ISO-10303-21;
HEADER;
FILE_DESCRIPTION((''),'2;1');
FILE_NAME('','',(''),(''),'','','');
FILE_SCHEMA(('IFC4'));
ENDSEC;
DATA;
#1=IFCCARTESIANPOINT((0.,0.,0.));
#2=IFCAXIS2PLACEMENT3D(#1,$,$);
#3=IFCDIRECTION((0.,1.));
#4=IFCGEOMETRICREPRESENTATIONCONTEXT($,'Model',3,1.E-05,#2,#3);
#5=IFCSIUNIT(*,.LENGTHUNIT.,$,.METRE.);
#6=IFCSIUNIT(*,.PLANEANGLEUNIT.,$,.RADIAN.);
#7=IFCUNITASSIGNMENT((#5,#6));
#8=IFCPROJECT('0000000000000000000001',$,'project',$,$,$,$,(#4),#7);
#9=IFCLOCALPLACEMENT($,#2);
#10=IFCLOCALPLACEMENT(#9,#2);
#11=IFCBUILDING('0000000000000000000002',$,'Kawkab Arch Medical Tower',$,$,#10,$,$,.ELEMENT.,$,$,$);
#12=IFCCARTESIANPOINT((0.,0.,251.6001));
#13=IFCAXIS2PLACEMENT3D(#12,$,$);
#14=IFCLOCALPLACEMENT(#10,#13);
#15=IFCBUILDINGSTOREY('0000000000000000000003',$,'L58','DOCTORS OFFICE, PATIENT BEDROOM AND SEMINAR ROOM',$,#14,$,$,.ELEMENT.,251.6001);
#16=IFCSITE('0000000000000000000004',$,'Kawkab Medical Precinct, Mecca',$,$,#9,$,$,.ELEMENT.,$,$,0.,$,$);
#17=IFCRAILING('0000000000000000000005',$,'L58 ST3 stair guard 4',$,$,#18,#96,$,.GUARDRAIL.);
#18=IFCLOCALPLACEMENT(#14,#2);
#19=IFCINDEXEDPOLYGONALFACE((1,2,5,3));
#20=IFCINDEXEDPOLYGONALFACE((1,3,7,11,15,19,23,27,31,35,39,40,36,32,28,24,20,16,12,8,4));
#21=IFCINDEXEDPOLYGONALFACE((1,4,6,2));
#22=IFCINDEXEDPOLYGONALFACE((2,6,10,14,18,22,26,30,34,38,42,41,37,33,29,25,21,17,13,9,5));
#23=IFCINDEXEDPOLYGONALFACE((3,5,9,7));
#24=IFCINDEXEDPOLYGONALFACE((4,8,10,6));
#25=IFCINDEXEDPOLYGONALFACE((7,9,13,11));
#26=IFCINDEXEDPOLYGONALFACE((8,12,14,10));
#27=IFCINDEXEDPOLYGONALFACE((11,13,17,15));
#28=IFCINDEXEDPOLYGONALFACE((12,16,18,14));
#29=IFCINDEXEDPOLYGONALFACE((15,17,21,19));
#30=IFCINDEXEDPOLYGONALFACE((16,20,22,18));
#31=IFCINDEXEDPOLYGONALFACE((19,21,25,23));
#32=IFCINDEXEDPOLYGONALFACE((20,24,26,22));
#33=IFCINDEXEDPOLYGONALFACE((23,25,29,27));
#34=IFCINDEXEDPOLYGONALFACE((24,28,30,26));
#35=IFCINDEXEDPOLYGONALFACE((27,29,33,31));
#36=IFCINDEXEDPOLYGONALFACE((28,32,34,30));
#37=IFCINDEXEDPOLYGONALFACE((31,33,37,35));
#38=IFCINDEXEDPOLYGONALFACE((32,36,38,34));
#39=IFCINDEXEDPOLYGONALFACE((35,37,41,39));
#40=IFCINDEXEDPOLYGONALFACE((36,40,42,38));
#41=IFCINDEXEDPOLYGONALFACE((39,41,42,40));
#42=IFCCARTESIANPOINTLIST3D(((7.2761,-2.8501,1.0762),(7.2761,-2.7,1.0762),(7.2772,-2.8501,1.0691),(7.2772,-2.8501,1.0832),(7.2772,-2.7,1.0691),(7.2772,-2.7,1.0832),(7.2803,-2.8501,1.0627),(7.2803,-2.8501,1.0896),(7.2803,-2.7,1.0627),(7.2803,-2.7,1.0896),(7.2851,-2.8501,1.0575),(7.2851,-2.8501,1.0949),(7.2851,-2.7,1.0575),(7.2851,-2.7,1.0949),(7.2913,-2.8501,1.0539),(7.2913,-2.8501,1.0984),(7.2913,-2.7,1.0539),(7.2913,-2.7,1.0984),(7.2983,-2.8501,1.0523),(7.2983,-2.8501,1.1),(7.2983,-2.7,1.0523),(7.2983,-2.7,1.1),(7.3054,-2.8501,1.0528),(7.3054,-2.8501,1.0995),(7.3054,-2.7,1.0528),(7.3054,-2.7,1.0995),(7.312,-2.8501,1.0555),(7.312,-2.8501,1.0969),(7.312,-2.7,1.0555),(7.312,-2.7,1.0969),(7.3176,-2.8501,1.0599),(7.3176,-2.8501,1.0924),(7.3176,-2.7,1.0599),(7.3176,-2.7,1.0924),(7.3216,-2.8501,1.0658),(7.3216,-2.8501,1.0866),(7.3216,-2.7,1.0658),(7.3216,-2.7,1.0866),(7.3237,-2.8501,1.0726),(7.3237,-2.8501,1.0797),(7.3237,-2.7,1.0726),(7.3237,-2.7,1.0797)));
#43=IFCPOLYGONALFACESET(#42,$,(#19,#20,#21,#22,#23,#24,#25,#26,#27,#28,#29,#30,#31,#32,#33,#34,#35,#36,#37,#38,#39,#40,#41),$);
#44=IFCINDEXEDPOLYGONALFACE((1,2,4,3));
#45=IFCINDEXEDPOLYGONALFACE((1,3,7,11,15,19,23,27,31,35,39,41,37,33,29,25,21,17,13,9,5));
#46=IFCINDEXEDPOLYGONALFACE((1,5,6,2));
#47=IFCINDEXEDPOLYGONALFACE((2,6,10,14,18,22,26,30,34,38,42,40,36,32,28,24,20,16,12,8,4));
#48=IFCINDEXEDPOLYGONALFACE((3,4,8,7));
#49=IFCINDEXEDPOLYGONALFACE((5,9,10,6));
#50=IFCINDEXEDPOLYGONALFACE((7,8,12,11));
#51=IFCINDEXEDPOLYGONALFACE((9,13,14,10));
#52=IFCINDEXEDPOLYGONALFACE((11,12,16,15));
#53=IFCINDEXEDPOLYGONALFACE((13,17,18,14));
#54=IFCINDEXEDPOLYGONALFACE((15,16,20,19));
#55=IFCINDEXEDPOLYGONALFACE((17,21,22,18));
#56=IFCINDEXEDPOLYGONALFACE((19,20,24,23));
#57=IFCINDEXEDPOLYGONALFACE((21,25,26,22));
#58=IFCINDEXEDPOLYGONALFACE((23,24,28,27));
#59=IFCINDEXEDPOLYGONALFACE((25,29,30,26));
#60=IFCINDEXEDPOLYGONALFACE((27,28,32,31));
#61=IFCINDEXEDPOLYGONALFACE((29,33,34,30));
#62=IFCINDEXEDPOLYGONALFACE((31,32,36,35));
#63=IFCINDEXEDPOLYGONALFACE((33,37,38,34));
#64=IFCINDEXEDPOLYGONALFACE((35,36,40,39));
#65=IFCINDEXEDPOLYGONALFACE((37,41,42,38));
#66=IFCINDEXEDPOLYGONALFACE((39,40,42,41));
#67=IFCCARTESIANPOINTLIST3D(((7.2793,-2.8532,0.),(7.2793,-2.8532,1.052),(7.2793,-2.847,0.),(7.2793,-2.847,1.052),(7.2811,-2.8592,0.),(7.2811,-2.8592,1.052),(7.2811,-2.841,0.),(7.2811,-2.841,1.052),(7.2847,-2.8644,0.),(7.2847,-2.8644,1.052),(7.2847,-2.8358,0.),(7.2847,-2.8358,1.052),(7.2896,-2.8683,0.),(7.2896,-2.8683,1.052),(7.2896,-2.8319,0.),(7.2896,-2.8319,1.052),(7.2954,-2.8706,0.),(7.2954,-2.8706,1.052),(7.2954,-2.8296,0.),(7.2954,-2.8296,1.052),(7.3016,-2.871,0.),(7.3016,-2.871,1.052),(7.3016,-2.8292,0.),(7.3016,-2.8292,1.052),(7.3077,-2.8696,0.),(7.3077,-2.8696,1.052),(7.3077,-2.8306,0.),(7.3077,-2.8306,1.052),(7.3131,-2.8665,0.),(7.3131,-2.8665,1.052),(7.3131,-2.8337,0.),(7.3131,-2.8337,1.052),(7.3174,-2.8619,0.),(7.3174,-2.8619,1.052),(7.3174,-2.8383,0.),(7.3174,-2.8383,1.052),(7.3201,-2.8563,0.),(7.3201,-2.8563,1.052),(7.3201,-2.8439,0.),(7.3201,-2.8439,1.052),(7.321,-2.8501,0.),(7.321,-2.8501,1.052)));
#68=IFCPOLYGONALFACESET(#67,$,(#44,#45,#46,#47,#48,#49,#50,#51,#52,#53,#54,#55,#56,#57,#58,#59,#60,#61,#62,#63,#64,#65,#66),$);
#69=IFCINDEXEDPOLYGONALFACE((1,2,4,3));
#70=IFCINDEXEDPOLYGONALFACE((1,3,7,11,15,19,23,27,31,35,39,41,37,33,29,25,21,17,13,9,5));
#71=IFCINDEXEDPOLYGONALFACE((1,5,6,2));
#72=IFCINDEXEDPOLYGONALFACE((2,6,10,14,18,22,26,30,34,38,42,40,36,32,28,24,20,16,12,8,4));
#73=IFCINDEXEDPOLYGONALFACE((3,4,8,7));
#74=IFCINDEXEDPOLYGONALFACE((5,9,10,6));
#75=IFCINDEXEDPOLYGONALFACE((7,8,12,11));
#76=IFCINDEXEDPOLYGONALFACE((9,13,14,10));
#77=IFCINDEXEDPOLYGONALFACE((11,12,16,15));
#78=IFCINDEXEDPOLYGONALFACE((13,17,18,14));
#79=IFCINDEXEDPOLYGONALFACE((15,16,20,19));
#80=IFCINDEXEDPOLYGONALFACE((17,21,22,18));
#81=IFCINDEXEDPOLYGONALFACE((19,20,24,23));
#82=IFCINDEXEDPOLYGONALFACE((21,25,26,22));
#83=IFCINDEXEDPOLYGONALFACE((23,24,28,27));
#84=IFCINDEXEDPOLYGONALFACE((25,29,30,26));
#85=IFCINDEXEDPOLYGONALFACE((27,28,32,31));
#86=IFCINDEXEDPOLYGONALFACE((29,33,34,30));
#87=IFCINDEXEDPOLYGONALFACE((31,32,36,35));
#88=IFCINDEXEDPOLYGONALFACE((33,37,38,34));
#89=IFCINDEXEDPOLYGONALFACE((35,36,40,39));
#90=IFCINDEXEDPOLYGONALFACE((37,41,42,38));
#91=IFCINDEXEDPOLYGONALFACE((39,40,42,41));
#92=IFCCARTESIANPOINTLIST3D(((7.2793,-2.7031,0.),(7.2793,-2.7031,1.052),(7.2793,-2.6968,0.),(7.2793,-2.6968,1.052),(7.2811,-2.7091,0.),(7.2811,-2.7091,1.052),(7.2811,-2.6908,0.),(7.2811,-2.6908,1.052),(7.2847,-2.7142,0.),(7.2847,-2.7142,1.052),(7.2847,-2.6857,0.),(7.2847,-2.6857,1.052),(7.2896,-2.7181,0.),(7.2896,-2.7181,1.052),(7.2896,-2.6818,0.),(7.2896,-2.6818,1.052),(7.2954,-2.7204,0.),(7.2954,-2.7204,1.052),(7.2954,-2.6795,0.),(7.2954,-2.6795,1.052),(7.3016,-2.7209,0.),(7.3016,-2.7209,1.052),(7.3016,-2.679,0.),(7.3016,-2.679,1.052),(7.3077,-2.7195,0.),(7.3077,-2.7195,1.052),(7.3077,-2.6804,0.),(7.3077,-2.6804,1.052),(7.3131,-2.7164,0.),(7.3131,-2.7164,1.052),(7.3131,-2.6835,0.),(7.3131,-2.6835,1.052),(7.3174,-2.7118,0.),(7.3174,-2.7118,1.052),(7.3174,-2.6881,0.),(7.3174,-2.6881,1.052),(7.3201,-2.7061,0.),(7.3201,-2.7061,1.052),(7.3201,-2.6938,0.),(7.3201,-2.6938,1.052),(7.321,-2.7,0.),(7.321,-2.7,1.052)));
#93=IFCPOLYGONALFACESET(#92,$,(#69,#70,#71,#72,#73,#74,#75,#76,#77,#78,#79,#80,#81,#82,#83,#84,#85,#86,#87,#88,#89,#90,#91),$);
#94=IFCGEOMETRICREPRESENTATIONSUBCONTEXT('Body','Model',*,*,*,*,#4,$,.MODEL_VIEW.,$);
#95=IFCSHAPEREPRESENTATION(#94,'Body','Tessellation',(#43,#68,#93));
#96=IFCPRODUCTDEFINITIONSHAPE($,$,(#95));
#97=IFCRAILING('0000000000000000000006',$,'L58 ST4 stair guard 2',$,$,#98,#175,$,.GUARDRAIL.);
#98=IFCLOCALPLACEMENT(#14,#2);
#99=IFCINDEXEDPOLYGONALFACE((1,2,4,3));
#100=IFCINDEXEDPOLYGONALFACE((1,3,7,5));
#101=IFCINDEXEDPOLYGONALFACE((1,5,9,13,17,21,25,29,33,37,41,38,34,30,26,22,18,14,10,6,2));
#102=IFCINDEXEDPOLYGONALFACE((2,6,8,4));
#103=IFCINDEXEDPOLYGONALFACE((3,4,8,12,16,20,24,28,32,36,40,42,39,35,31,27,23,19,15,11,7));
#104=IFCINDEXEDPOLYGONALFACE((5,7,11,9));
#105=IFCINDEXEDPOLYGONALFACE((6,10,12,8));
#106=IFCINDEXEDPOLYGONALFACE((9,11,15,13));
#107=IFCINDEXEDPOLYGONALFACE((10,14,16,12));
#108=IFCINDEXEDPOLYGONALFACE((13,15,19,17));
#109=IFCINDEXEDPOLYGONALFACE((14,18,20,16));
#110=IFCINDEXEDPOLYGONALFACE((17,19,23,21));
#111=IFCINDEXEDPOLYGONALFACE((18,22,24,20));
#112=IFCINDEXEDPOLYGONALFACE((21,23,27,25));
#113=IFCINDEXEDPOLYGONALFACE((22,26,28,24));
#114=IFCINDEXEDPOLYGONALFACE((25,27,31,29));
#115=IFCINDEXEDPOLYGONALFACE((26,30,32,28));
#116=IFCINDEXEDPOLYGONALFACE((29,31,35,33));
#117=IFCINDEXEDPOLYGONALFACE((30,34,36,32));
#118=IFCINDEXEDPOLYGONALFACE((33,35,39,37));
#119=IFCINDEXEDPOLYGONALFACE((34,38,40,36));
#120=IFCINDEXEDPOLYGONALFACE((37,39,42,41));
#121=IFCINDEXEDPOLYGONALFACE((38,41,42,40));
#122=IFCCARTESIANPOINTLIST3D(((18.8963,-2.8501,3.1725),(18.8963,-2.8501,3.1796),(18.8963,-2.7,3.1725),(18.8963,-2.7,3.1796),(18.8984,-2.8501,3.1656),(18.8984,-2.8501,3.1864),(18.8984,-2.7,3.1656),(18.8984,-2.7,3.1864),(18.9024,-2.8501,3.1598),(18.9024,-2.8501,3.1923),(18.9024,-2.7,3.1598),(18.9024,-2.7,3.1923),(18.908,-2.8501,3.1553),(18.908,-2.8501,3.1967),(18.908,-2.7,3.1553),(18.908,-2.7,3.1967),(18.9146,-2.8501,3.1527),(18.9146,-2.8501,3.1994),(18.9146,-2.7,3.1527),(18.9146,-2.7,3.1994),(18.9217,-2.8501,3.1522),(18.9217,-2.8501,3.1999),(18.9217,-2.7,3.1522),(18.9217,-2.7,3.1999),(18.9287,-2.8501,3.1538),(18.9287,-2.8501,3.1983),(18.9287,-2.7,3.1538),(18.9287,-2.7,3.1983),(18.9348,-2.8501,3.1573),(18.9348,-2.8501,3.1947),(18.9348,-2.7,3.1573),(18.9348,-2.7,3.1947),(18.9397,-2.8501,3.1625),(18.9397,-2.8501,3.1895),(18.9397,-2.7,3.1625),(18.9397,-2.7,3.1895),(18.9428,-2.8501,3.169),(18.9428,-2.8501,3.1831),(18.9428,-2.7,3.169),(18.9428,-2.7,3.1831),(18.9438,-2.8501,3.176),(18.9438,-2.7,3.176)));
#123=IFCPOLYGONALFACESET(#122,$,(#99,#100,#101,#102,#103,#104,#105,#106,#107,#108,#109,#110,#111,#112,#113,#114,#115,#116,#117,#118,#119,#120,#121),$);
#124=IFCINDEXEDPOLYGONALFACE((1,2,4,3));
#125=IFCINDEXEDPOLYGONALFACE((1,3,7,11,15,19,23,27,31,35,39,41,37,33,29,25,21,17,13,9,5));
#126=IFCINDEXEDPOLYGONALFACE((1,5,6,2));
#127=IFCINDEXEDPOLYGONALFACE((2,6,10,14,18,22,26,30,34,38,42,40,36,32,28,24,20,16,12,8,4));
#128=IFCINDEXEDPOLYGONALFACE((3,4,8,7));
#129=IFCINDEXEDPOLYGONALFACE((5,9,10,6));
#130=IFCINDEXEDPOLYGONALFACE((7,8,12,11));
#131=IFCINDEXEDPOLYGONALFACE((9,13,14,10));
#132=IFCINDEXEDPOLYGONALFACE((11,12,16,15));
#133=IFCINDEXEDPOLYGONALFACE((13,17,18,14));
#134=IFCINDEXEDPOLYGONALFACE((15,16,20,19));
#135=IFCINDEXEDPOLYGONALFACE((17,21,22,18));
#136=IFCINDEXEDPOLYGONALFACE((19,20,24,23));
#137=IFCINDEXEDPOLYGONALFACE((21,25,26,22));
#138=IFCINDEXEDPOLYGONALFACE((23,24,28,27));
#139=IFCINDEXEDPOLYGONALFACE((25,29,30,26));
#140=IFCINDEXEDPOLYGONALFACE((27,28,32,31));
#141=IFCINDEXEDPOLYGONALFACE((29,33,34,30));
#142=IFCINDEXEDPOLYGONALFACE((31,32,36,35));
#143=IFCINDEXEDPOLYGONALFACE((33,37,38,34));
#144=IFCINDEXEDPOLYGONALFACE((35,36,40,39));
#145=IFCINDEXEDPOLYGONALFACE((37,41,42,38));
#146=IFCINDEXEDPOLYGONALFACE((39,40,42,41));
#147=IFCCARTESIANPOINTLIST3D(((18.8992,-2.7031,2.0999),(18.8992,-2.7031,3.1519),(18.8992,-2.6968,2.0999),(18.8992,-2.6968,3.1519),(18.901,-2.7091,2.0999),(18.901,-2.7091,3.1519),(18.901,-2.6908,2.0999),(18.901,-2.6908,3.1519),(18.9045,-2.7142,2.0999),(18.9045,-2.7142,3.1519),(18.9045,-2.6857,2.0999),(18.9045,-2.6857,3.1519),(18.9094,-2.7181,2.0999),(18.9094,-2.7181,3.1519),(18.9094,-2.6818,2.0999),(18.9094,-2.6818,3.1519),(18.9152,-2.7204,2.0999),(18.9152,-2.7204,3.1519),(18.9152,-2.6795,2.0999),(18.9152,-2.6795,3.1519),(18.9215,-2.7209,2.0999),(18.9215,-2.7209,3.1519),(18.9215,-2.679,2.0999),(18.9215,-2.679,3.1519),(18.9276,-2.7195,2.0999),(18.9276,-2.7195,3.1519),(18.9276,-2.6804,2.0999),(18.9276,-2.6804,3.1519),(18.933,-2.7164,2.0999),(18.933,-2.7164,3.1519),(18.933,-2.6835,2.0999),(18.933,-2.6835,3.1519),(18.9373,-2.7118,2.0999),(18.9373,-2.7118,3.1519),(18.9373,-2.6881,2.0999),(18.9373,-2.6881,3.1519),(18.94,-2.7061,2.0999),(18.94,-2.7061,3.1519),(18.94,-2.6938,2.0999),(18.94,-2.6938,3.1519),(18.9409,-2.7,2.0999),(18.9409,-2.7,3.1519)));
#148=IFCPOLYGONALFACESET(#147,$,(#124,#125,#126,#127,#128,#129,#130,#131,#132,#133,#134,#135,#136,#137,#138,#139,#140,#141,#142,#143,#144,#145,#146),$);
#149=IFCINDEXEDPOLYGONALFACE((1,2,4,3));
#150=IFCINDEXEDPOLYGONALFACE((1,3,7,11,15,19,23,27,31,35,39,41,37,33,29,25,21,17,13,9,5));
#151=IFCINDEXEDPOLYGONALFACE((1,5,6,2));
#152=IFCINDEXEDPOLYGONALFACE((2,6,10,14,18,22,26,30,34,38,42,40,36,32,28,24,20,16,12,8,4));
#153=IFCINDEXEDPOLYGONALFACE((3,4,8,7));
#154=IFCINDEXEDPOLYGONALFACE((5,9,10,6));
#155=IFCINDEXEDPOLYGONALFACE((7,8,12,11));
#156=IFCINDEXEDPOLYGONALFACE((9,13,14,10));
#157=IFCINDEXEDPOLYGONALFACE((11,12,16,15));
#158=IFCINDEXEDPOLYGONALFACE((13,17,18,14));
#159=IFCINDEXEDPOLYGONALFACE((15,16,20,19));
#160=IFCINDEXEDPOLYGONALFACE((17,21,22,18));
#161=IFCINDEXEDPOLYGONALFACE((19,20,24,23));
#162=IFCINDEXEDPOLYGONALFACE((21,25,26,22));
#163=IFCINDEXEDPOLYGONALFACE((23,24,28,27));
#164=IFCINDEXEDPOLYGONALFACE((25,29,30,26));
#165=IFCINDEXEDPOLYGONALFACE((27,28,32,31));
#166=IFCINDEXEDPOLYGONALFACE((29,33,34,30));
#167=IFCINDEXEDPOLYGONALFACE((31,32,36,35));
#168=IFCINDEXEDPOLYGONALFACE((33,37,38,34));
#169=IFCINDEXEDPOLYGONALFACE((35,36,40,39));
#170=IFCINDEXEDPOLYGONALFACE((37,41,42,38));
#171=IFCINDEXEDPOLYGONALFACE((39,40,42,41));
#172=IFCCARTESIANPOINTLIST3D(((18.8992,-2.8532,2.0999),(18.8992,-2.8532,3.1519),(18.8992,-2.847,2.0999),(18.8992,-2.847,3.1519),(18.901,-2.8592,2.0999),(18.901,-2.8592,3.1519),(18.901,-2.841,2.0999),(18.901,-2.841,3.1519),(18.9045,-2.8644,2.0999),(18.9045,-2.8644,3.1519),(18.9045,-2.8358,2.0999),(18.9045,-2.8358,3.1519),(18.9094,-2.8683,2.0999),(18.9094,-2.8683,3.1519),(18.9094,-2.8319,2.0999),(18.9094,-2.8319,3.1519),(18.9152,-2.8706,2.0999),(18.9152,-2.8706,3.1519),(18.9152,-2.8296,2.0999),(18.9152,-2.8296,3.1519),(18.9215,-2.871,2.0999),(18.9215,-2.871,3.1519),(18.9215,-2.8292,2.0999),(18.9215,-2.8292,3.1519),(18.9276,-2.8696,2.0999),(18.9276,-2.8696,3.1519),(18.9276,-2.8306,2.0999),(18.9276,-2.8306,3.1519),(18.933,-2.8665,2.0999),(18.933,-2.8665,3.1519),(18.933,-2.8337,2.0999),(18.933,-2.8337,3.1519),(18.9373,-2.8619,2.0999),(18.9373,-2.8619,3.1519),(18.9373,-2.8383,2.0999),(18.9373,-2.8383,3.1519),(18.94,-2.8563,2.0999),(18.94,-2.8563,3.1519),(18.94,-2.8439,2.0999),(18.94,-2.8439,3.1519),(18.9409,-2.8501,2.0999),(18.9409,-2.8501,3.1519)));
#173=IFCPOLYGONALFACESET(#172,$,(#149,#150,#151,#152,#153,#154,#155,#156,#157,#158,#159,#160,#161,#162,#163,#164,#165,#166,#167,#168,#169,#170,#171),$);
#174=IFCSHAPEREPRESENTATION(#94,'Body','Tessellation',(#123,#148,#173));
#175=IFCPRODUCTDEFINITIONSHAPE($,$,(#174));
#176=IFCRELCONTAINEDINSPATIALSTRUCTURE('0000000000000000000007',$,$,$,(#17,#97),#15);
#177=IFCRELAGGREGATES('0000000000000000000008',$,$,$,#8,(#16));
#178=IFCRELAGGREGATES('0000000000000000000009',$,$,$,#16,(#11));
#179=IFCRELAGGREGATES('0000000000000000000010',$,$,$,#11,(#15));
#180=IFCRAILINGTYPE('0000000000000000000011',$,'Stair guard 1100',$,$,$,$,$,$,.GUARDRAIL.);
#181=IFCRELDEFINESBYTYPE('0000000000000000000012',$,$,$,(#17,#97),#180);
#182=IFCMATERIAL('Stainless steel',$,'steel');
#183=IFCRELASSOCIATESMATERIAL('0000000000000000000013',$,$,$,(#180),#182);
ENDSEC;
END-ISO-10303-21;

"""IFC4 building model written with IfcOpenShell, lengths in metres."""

from ifc_helpers import new_model, si_unit, direction, frame, origin, origin_2d, place, context, subcontext, project, spatial, circle, extrude, material, type_object, element, save


model = new_model("IFC4")

# Units and contexts
model_context = context("Model", 3, precision=1e-05, world=origin(), true_north=direction((0.0, 1.0)))
body_context = subcontext(model_context, "Body", "Model", "MODEL_VIEW")
ifc_project = project(units=[si_unit("LENGTHUNIT", "METRE"), si_unit("PLANEANGLEUNIT", "RADIAN")], contexts=[model_context])

# Site, building, storey
site_placement = place(None, origin())
site = spatial("IfcSite", under=ifc_project, at=site_placement, Name="Kawkab Medical Precinct, Mecca", CompositionType="ELEMENT", RefElevation=0.0)
building_placement = place(site_placement, origin())
building = spatial("IfcBuilding", under=site, at=building_placement, Name="Kawkab Arch Medical Tower", CompositionType="ELEMENT")
storey_placement = place(building_placement, frame((0.0, 0.0, 251.6001)))
storey = spatial("IfcBuildingStorey", under=building, at=storey_placement, Name="L58", Description="DOCTORS OFFICE, PATIENT BEDROOM AND SEMINAR ROOM", CompositionType="ELEMENT", Elevation=251.6001)

# Railings
ifc_material_1 = material(Name="Stainless steel", Category="steel")
railing_type_1 = type_object("IfcRailingType", Name="Stair guard 1100", PredefinedType="GUARDRAIL", material=ifc_material_1)
railing_1_placement = place(storey_placement, frame((7.3, -2.8501, 0.0)))
element("IfcRailing", 1, at=railing_1_placement, inside=storey, type_object=railing_type_1, Name="L58 ST3 stair guard 4", PredefinedType="GUARDRAIL", context=body_context, shape_type="SweptSolid", body=[
    extrude(circle(Radius=0.0239, at=origin_2d()), frame((0.0, 0.0, 1.0762), z_axis=(0.0, 1.0, 0.0), x_axis=(-1.0, 0.0, 0.0)), (0.0, 0.0, 1.0), 0.1501),
    extrude(circle(Radius=0.021, at=origin_2d()), origin(), (0.0, 0.0, 1.0), 1.052),
    extrude(circle(Radius=0.021, at=origin_2d()), frame((0.0, 0.1501, 0.0)), (0.0, 0.0, 1.0), 1.052),
])
railing_2_placement = place(storey_placement, frame((18.9199, -2.7, 2.0999)))
element("IfcRailing", 2, at=railing_2_placement, inside=storey, type_object=railing_type_1, Name="L58 ST4 stair guard 2", PredefinedType="GUARDRAIL", context=body_context, shape_type="SweptSolid", body=[
    extrude(circle(Radius=0.0239, at=origin_2d()), frame((0.0, 0.0, 1.0762), z_axis=(0.0, -1.0, 0.0), x_axis=(1.0, 0.0, 0.0)), (0.0, 0.0, 1.0), 0.1501),
    extrude(circle(Radius=0.021, at=origin_2d()), origin(), (0.0, 0.0, 1.0), 1.052),
    extrude(circle(Radius=0.021, at=origin_2d()), frame((0.0, -0.1501, 0.0)), (0.0, 0.0, 1.0), 1.052),
])

save(model, "model.ifc")
